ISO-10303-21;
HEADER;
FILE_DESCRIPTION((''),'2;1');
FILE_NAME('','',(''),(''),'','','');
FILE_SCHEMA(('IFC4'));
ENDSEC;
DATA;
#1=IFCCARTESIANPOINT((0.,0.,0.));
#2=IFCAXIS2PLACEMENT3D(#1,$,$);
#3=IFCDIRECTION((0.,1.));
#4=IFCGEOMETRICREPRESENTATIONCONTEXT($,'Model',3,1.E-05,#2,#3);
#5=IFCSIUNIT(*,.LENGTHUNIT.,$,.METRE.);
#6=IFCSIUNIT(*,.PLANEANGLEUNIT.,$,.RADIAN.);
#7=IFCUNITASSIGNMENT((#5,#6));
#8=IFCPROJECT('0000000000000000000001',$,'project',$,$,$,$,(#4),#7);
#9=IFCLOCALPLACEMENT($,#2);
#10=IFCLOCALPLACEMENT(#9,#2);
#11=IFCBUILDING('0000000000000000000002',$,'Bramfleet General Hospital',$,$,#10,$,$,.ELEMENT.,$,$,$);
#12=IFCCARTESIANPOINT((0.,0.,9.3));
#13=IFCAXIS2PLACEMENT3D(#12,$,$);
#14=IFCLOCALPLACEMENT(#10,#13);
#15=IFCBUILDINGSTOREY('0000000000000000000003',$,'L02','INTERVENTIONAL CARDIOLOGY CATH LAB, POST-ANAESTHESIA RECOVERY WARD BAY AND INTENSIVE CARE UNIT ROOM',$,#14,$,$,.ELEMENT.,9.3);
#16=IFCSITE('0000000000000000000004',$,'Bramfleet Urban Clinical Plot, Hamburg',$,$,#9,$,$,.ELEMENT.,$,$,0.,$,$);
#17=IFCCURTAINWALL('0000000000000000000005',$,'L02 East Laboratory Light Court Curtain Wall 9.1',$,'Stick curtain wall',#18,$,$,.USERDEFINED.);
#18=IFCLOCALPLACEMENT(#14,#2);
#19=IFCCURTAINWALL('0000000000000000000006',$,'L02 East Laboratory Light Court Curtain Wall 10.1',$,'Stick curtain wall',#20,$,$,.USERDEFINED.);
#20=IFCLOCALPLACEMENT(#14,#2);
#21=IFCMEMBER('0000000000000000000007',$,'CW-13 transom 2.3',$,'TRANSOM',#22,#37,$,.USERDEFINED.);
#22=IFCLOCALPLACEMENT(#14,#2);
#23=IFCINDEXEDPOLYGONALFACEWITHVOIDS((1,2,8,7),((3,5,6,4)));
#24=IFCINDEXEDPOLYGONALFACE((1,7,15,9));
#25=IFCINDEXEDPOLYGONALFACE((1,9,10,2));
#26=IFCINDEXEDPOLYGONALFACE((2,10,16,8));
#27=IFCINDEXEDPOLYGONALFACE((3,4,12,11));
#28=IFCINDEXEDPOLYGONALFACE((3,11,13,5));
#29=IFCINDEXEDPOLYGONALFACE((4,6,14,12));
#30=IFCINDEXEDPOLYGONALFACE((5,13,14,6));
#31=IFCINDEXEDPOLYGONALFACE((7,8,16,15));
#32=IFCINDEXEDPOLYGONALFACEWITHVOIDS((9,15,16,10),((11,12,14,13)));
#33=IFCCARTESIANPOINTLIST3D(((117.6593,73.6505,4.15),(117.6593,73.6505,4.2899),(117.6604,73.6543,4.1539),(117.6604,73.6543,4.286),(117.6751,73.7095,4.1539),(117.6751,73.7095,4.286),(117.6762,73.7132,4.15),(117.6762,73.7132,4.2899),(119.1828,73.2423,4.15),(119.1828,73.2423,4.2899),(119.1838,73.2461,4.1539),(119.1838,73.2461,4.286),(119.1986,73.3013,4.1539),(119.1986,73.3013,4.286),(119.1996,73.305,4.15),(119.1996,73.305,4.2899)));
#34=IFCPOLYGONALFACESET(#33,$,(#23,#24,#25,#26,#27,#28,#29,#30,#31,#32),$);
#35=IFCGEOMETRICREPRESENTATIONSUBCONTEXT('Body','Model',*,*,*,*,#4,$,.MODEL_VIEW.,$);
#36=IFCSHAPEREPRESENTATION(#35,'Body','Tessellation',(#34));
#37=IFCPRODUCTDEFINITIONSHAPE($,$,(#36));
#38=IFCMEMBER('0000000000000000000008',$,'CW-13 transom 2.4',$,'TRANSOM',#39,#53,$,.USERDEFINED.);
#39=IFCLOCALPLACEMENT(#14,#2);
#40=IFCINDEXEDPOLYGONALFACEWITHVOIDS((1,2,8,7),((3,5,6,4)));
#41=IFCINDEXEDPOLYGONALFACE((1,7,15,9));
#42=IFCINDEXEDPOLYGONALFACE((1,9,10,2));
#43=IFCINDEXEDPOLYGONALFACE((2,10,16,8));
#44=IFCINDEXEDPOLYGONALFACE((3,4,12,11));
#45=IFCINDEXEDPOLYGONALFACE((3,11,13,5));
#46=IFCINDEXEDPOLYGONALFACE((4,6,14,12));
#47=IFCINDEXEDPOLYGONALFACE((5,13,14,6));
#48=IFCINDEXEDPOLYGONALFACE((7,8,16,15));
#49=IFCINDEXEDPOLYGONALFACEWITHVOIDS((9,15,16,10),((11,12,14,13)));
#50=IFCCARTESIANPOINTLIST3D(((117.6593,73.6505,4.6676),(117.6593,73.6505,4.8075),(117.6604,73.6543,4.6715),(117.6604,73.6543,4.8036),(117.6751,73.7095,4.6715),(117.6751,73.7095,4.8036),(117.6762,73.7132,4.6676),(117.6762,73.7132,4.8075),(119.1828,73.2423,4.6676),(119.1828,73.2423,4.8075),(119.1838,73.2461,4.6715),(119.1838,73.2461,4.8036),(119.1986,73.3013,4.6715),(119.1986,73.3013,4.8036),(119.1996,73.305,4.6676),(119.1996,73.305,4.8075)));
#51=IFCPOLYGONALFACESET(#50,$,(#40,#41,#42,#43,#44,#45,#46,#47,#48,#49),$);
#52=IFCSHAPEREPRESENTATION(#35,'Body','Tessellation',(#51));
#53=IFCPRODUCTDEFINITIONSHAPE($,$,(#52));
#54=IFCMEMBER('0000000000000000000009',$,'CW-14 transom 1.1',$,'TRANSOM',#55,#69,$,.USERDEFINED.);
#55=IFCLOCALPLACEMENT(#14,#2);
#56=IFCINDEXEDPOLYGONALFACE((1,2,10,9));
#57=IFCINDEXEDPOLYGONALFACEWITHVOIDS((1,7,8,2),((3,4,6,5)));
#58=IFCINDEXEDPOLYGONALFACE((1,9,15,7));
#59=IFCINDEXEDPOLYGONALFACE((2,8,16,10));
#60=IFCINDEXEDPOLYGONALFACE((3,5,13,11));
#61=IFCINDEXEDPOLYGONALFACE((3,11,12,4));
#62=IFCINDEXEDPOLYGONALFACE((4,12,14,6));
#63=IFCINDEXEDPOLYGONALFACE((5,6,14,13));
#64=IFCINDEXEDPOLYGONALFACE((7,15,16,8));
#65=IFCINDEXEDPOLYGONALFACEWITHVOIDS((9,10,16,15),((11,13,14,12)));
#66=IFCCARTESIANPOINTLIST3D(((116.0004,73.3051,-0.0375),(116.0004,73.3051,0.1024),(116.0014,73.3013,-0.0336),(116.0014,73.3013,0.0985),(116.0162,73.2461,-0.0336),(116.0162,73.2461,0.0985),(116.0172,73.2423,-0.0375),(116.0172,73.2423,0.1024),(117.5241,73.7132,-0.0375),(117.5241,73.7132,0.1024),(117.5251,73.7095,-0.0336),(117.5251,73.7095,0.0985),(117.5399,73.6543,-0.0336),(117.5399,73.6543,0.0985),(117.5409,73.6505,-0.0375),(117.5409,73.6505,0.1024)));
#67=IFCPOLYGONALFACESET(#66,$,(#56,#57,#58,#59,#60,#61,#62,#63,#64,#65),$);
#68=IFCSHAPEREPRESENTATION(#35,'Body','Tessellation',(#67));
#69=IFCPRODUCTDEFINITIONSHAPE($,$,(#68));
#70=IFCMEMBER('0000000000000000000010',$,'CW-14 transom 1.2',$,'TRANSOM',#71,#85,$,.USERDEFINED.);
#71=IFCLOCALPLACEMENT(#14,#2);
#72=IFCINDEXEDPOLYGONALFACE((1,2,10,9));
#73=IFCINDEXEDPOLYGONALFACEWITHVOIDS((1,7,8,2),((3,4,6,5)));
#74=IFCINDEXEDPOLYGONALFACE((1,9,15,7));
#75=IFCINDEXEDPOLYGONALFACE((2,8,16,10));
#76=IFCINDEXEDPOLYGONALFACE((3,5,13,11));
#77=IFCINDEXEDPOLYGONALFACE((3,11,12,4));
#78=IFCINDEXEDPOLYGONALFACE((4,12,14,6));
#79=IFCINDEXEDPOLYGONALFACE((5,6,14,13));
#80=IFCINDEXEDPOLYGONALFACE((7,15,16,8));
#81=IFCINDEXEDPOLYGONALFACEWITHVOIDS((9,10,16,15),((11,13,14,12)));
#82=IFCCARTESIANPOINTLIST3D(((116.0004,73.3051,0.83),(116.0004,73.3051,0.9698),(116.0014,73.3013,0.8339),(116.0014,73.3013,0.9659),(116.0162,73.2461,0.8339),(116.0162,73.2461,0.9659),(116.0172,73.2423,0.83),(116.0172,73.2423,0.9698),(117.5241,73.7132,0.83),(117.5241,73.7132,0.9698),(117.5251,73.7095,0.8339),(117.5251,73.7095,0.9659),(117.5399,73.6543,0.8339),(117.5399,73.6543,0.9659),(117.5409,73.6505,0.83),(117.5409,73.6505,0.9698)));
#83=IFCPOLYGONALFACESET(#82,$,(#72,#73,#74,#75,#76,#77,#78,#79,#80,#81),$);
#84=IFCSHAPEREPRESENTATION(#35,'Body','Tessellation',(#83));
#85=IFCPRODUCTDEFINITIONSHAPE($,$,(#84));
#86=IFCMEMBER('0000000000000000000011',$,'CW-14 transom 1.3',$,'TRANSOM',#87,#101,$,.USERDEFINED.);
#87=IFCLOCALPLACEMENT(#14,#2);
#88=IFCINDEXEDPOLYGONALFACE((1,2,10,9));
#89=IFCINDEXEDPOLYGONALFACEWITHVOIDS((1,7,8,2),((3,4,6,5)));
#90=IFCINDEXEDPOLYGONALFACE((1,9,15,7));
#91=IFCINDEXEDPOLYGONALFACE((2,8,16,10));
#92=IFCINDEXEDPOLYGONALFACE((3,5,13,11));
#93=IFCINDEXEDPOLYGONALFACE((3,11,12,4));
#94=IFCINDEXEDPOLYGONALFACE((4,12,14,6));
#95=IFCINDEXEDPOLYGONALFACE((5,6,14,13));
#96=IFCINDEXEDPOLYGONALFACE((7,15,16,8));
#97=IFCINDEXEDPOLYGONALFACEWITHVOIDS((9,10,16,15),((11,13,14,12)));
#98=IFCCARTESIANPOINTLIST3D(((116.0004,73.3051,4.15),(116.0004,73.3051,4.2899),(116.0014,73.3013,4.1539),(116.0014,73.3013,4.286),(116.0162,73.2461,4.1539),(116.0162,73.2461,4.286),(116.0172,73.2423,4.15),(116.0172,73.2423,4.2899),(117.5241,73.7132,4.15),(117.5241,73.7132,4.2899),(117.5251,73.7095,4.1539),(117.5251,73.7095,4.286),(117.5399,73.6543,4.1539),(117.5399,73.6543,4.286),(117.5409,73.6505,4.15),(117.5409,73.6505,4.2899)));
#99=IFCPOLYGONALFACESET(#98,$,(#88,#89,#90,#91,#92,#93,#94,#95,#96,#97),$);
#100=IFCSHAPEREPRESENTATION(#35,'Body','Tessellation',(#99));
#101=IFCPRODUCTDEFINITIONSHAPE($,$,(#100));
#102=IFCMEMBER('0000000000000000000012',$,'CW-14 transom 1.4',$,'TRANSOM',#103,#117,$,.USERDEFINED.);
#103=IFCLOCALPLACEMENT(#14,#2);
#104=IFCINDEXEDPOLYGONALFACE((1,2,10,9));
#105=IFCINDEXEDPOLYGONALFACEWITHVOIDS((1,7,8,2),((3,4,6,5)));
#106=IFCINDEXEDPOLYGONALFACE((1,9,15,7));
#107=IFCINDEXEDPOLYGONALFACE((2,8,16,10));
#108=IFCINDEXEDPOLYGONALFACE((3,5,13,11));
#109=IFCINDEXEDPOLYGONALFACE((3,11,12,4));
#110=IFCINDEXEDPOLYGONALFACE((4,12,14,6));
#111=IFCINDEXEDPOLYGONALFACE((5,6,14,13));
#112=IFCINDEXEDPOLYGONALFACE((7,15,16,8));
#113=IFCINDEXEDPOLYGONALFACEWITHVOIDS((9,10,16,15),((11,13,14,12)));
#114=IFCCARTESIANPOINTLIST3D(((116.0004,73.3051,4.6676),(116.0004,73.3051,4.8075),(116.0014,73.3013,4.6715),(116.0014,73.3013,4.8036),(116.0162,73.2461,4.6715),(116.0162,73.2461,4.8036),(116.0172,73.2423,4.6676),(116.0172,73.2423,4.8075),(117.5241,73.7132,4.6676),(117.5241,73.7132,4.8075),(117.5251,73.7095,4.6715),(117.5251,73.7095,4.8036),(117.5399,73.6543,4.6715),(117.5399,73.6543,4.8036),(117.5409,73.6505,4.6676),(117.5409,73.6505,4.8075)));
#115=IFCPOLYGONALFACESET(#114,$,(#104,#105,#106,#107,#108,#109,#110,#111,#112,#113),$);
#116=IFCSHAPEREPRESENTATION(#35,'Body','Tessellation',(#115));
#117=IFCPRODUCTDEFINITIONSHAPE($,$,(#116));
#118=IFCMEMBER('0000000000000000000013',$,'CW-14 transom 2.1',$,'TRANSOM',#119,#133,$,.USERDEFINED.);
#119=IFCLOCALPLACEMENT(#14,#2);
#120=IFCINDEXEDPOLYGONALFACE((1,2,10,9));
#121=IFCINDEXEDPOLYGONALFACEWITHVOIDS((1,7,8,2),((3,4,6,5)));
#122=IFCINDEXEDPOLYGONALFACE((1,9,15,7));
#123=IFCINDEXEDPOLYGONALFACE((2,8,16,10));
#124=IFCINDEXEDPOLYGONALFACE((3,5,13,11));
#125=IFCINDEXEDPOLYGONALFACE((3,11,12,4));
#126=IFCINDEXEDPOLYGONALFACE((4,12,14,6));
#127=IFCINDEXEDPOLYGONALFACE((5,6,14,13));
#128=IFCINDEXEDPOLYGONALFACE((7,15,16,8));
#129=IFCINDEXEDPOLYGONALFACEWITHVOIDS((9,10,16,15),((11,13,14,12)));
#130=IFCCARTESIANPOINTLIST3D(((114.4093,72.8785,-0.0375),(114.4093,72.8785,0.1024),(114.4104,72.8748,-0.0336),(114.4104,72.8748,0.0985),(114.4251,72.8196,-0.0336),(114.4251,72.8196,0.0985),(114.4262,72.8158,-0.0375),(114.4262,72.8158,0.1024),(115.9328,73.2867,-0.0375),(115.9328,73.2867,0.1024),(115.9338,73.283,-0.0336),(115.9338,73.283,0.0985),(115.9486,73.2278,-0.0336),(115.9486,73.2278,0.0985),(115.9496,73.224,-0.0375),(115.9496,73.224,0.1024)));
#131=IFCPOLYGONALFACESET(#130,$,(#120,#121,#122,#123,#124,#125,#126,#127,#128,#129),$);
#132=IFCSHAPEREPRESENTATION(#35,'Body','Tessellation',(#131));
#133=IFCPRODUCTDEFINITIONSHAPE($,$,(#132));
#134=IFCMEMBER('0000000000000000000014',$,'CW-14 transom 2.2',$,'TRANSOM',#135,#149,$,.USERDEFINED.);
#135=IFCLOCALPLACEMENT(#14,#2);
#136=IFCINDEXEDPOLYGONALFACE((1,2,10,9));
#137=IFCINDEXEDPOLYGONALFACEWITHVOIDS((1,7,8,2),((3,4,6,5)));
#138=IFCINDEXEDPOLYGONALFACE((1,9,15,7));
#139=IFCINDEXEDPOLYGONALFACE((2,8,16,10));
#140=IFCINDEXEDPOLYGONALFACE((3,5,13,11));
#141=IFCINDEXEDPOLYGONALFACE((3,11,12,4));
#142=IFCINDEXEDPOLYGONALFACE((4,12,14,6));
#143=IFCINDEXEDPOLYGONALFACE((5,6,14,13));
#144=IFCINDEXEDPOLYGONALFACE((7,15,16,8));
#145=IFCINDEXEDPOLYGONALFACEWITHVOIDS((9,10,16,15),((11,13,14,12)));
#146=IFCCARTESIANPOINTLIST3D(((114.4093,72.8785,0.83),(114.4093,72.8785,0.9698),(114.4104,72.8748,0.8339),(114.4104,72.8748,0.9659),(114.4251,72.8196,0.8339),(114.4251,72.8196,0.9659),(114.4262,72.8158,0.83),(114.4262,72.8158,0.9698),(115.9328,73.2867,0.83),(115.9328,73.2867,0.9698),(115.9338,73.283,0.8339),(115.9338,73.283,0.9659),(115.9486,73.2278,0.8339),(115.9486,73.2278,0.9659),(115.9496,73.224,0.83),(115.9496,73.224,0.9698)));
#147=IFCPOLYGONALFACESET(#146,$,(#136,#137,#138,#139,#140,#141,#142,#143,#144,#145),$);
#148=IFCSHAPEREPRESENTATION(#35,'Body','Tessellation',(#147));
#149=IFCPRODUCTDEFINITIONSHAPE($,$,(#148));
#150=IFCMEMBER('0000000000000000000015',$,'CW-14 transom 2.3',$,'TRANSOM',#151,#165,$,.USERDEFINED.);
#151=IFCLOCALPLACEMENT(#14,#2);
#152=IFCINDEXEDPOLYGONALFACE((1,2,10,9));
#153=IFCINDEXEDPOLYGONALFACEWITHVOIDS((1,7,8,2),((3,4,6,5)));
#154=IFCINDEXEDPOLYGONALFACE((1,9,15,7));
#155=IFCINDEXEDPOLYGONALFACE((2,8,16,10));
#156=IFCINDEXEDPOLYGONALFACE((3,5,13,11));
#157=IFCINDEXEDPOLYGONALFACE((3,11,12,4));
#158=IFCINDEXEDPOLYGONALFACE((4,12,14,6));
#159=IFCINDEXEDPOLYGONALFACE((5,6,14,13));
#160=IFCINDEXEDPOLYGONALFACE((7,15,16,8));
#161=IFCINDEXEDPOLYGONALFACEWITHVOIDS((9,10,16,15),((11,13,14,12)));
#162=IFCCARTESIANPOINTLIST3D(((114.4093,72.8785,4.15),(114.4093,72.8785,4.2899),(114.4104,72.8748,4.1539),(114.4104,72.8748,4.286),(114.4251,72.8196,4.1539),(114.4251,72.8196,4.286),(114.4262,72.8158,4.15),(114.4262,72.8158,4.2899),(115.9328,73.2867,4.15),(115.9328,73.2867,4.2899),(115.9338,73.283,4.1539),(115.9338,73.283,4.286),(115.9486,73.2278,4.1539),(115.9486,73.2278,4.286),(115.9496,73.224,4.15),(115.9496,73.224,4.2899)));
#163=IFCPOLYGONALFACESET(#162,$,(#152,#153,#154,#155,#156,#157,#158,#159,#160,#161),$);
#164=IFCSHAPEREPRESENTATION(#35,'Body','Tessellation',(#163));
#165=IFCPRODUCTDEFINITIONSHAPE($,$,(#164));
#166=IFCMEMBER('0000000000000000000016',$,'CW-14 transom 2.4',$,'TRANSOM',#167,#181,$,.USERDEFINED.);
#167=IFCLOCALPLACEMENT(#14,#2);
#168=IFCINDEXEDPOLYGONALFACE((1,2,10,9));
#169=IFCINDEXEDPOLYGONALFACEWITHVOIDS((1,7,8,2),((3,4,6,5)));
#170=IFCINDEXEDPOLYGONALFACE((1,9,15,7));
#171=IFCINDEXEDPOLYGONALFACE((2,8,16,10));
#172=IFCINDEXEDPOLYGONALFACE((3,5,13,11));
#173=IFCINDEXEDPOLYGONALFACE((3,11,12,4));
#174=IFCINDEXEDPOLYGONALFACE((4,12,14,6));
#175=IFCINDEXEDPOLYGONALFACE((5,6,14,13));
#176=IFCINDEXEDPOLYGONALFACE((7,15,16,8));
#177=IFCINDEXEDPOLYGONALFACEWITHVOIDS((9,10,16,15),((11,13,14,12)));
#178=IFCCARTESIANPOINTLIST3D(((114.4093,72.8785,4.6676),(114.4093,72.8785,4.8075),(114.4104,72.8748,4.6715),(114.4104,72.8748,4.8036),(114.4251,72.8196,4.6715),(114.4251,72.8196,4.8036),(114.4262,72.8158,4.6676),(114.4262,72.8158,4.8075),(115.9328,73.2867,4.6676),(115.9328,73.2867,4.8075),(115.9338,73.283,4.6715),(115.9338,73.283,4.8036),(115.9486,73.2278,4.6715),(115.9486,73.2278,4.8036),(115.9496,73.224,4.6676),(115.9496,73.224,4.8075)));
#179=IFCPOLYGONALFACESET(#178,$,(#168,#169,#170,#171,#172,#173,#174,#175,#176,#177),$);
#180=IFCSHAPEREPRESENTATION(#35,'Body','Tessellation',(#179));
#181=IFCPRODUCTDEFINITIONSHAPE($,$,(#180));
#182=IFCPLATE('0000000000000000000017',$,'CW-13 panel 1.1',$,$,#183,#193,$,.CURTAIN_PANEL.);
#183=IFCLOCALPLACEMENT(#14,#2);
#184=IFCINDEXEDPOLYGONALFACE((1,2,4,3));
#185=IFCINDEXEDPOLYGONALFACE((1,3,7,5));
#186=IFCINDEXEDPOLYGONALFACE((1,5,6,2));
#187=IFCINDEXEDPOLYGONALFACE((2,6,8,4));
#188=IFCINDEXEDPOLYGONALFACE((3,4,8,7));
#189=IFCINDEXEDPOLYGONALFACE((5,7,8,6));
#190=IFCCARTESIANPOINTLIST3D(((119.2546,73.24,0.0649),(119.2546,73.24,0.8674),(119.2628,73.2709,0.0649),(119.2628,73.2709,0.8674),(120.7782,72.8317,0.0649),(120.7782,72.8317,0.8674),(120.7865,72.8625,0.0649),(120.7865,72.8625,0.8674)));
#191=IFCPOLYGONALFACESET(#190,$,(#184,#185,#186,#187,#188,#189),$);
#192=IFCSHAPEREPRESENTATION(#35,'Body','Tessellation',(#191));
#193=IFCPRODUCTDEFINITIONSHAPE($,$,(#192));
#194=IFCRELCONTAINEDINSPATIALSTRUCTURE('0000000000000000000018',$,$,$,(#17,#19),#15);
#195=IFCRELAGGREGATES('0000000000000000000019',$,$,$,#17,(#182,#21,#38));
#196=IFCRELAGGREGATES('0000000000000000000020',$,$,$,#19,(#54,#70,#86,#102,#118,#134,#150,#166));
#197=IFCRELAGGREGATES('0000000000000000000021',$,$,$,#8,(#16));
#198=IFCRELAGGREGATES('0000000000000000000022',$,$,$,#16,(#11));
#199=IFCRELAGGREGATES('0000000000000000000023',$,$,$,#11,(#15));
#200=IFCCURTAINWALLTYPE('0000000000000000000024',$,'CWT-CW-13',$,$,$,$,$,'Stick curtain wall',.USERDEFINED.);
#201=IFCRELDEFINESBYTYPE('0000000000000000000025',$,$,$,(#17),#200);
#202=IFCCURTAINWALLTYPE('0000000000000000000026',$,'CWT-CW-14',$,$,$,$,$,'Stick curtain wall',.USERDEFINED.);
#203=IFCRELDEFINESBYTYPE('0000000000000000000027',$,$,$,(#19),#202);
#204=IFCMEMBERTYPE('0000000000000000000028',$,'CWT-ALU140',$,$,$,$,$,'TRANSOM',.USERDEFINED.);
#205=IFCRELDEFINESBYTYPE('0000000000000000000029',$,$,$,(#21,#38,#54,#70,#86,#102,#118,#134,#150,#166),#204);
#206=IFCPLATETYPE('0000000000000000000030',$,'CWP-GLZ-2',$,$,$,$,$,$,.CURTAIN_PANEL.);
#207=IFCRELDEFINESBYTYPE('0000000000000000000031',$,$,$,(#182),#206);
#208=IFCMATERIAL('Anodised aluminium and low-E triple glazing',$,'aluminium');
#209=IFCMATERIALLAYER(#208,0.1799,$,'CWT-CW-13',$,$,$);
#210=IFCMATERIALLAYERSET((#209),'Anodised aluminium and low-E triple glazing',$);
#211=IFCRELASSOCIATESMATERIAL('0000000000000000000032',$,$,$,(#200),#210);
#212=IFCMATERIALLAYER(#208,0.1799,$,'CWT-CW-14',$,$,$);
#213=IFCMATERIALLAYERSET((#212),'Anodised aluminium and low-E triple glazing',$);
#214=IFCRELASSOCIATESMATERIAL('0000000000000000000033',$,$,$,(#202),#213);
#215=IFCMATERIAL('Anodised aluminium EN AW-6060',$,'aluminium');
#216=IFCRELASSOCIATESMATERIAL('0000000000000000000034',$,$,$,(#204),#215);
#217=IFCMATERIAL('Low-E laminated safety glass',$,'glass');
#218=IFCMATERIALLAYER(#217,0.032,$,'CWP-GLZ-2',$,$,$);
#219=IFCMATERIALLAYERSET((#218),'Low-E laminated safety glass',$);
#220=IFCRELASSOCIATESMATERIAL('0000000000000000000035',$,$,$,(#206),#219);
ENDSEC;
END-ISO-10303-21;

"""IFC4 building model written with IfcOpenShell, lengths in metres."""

from ifc_helpers import new_model, si_unit, direction, frame, origin, origin_2d, place, context, subcontext, project, spatial, rectangle, hollow_rectangle, extrude, material, layer, layer_set, material_profile, profile_set, type_object, element, aggregate, save


model = new_model("IFC4")

# Units and contexts
model_context = context("Model", 3, precision=1e-05, world=origin(), true_north=direction((0.0, 1.0)))
body_context = subcontext(model_context, "Body", "Model", "MODEL_VIEW")
ifc_project = project(units=[si_unit("LENGTHUNIT", "METRE"), si_unit("PLANEANGLEUNIT", "RADIAN")], contexts=[model_context])

# Site, building, storey
site_placement = place(None, origin())
site = spatial("IfcSite", under=ifc_project, at=site_placement, Name="Bramfleet Urban Clinical Plot, Hamburg", CompositionType="ELEMENT", RefElevation=0.0)
building_placement = place(site_placement, origin())
building = spatial("IfcBuilding", under=site, at=building_placement, Name="Bramfleet General Hospital", CompositionType="ELEMENT")
storey_placement = place(building_placement, frame((0.0, 0.0, 9.3)))
storey = spatial("IfcBuildingStorey", under=building, at=storey_placement, Name="L02", Description="INTERVENTIONAL CARDIOLOGY CATH LAB, POST-ANAESTHESIA RECOVERY WARD BAY AND INTENSIVE CARE UNIT ROOM", CompositionType="ELEMENT", Elevation=9.3)

# Curtain walls
ifc_material_1 = material(Name="Anodised aluminium and low-E triple glazing", Category="aluminium")
ifc_layer_1 = layer(ifc_material_1, 0.1799, Name="CWT-CW-13")
ifc_layer_set_1 = layer_set([ifc_layer_1], Name="Anodised aluminium and low-E triple glazing")
curtain_wall_type_1 = type_object("IfcCurtainWallType", Name="CWT-CW-13", ElementType="Stick curtain wall", PredefinedType="USERDEFINED", material=ifc_layer_set_1)
curtain_wall_1_placement = place(storey_placement, origin())
curtain_wall_1 = element("IfcCurtainWall", 1, at=curtain_wall_1_placement, inside=storey, type_object=curtain_wall_type_1, Name="L02 East Laboratory Light Court Curtain Wall 9.1", ObjectType="Stick curtain wall", PredefinedType="USERDEFINED")
ifc_material_2 = material(Name="Anodised aluminium EN AW-6060", Category="aluminium")
ifc_layer_2 = layer(ifc_material_1, 0.1799, Name="CWT-CW-14")
ifc_layer_set_2 = layer_set([ifc_layer_2], Name="Anodised aluminium and low-E triple glazing")
curtain_wall_type_2 = type_object("IfcCurtainWallType", Name="CWT-CW-14", ElementType="Stick curtain wall", PredefinedType="USERDEFINED", material=ifc_layer_set_2)
curtain_wall_2_placement = place(storey_placement, origin())
curtain_wall_2 = element("IfcCurtainWall", 2, at=curtain_wall_2_placement, inside=storey, type_object=curtain_wall_type_2, Name="L02 East Laboratory Light Court Curtain Wall 10.1", ObjectType="Stick curtain wall", PredefinedType="USERDEFINED")

# Members
ifc_material_profile_1 = material_profile(ifc_material_2, hollow_rectangle(XDim=0.0649, YDim=0.1399, WallThickness=0.0039, at=origin_2d()), Name="ALU 140x65x4.0")
ifc_profile_set_1 = profile_set([ifc_material_profile_1], Name="Anodised aluminium EN AW-6060")
member_type_1 = type_object("IfcMemberType", Name="CWT-ALU140", ElementType="TRANSOM", PredefinedType="USERDEFINED", material=ifc_profile_set_1)
member_1_placement = place(storey_placement, frame((119.1912, 73.2737, 4.22), z_axis=(-0.965926, 0.258819, 0.0), x_axis=(-0.258819, -0.965926, 0.0)))
member_1 = element("IfcMember", 3, at=member_1_placement, type_object=member_type_1, Name="CW-13 transom 2.3", ObjectType="TRANSOM", PredefinedType="USERDEFINED", context=body_context, shape_type="SweptSolid", body=[
    extrude(hollow_rectangle(XDim=0.0649, YDim=0.1399, WallThickness=0.0039, at=origin_2d()), origin(), (0.0, 0.0, 1.0), 1.5771),
])
member_2_placement = place(storey_placement, frame((119.1912, 73.2737, 4.7375), z_axis=(-0.965926, 0.258819, 0.0), x_axis=(-0.258819, -0.965926, 0.0)))
member_2 = element("IfcMember", 4, at=member_2_placement, type_object=member_type_1, Name="CW-13 transom 2.4", ObjectType="TRANSOM", PredefinedType="USERDEFINED", context=body_context, shape_type="SweptSolid", body=[
    extrude(hollow_rectangle(XDim=0.0649, YDim=0.1399, WallThickness=0.0039, at=origin_2d()), origin(), (0.0, 0.0, 1.0), 1.5771),
])
member_3_placement = place(storey_placement, frame((117.5325, 73.6819, 0.0325), z_axis=(-0.965936, -0.25878, 0.0), x_axis=(0.25878, -0.965936, 0.0)))
member_3 = element("IfcMember", 5, at=member_3_placement, type_object=member_type_1, Name="CW-14 transom 1.1", ObjectType="TRANSOM", PredefinedType="USERDEFINED", context=body_context, shape_type="SweptSolid", body=[
    extrude(hollow_rectangle(XDim=0.0649, YDim=0.1399, WallThickness=0.0039, at=origin_2d()), origin(), (0.0, 0.0, 1.0), 1.5774),
])
member_4_placement = place(storey_placement, frame((117.5325, 73.6819, 0.8999), z_axis=(-0.965936, -0.25878, 0.0), x_axis=(0.25878, -0.965936, 0.0)))
member_4 = element("IfcMember", 6, at=member_4_placement, type_object=member_type_1, Name="CW-14 transom 1.2", ObjectType="TRANSOM", PredefinedType="USERDEFINED", context=body_context, shape_type="SweptSolid", body=[
    extrude(hollow_rectangle(XDim=0.0649, YDim=0.1399, WallThickness=0.0039, at=origin_2d()), origin(), (0.0, 0.0, 1.0), 1.5774),
])
member_5_placement = place(storey_placement, frame((117.5325, 73.6819, 4.22), z_axis=(-0.965936, -0.25878, 0.0), x_axis=(0.25878, -0.965936, 0.0)))
member_5 = element("IfcMember", 7, at=member_5_placement, type_object=member_type_1, Name="CW-14 transom 1.3", ObjectType="TRANSOM", PredefinedType="USERDEFINED", context=body_context, shape_type="SweptSolid", body=[
    extrude(hollow_rectangle(XDim=0.0649, YDim=0.1399, WallThickness=0.0039, at=origin_2d()), origin(), (0.0, 0.0, 1.0), 1.5774),
])
member_6_placement = place(storey_placement, frame((117.5325, 73.6819, 4.7375), z_axis=(-0.965936, -0.25878, 0.0), x_axis=(0.25878, -0.965936, 0.0)))
member_6 = element("IfcMember", 8, at=member_6_placement, type_object=member_type_1, Name="CW-14 transom 1.4", ObjectType="TRANSOM", PredefinedType="USERDEFINED", context=body_context, shape_type="SweptSolid", body=[
    extrude(hollow_rectangle(XDim=0.0649, YDim=0.1399, WallThickness=0.0039, at=origin_2d()), origin(), (0.0, 0.0, 1.0), 1.5774),
])
member_7_placement = place(storey_placement, frame((115.9412, 73.2554, 0.0325), z_axis=(-0.965926, -0.258819, 0.0), x_axis=(0.258819, -0.965926, 0.0)))
member_7 = element("IfcMember", 9, at=member_7_placement, type_object=member_type_1, Name="CW-14 transom 2.1", ObjectType="TRANSOM", PredefinedType="USERDEFINED", context=body_context, shape_type="SweptSolid", body=[
    extrude(hollow_rectangle(XDim=0.0649, YDim=0.1399, WallThickness=0.0039, at=origin_2d()), origin(), (0.0, 0.0, 1.0), 1.5771),
])
member_8_placement = place(storey_placement, frame((115.9412, 73.2554, 0.8999), z_axis=(-0.965926, -0.258819, 0.0), x_axis=(0.258819, -0.965926, 0.0)))
member_8 = element("IfcMember", 10, at=member_8_placement, type_object=member_type_1, Name="CW-14 transom 2.2", ObjectType="TRANSOM", PredefinedType="USERDEFINED", context=body_context, shape_type="SweptSolid", body=[
    extrude(hollow_rectangle(XDim=0.0649, YDim=0.1399, WallThickness=0.0039, at=origin_2d()), origin(), (0.0, 0.0, 1.0), 1.5771),
])
member_9_placement = place(storey_placement, frame((115.9412, 73.2554, 4.22), z_axis=(-0.965926, -0.258819, 0.0), x_axis=(0.258819, -0.965926, 0.0)))
member_9 = element("IfcMember", 11, at=member_9_placement, type_object=member_type_1, Name="CW-14 transom 2.3", ObjectType="TRANSOM", PredefinedType="USERDEFINED", context=body_context, shape_type="SweptSolid", body=[
    extrude(hollow_rectangle(XDim=0.0649, YDim=0.1399, WallThickness=0.0039, at=origin_2d()), origin(), (0.0, 0.0, 1.0), 1.5771),
])
member_10_placement = place(storey_placement, frame((115.9412, 73.2554, 4.7375), z_axis=(-0.965926, -0.258819, 0.0), x_axis=(0.258819, -0.965926, 0.0)))
member_10 = element("IfcMember", 12, at=member_10_placement, type_object=member_type_1, Name="CW-14 transom 2.4", ObjectType="TRANSOM", PredefinedType="USERDEFINED", context=body_context, shape_type="SweptSolid", body=[
    extrude(hollow_rectangle(XDim=0.0649, YDim=0.1399, WallThickness=0.0039, at=origin_2d()), origin(), (0.0, 0.0, 1.0), 1.5771),
])

# Plate
ifc_material_3 = material(Name="Low-E laminated safety glass", Category="glass")
ifc_layer_3 = layer(ifc_material_3, 0.032, Name="CWP-GLZ-2")
ifc_layer_set_3 = layer_set([ifc_layer_3], Name="Low-E laminated safety glass")
plate_type = type_object("IfcPlateType", Name="CWP-GLZ-2", PredefinedType="CURTAIN_PANEL", material=ifc_layer_set_3)
plate_1_placement = place(storey_placement, frame((120.0205, 73.0513, 0.0649), z_axis=(0.0, 0.0, 1.0), x_axis=(-0.965914, 0.258865, 0.0)))
plate_1 = element("IfcPlate", 13, at=plate_1_placement, type_object=plate_type, Name="CW-13 panel 1.1", PredefinedType="CURTAIN_PANEL", context=body_context, shape_type="SweptSolid", body=[
    extrude(rectangle(XDim=1.5774, YDim=0.032, at=origin_2d()), origin(), (0.0, 0.0, 1.0), 0.8025),
])
aggregate(curtain_wall_1, [plate_1, member_1, member_2])
aggregate(curtain_wall_2, [member_3, member_4, member_5, member_6, member_7, member_8, member_9, member_10])

save(model, "model.ifc")
